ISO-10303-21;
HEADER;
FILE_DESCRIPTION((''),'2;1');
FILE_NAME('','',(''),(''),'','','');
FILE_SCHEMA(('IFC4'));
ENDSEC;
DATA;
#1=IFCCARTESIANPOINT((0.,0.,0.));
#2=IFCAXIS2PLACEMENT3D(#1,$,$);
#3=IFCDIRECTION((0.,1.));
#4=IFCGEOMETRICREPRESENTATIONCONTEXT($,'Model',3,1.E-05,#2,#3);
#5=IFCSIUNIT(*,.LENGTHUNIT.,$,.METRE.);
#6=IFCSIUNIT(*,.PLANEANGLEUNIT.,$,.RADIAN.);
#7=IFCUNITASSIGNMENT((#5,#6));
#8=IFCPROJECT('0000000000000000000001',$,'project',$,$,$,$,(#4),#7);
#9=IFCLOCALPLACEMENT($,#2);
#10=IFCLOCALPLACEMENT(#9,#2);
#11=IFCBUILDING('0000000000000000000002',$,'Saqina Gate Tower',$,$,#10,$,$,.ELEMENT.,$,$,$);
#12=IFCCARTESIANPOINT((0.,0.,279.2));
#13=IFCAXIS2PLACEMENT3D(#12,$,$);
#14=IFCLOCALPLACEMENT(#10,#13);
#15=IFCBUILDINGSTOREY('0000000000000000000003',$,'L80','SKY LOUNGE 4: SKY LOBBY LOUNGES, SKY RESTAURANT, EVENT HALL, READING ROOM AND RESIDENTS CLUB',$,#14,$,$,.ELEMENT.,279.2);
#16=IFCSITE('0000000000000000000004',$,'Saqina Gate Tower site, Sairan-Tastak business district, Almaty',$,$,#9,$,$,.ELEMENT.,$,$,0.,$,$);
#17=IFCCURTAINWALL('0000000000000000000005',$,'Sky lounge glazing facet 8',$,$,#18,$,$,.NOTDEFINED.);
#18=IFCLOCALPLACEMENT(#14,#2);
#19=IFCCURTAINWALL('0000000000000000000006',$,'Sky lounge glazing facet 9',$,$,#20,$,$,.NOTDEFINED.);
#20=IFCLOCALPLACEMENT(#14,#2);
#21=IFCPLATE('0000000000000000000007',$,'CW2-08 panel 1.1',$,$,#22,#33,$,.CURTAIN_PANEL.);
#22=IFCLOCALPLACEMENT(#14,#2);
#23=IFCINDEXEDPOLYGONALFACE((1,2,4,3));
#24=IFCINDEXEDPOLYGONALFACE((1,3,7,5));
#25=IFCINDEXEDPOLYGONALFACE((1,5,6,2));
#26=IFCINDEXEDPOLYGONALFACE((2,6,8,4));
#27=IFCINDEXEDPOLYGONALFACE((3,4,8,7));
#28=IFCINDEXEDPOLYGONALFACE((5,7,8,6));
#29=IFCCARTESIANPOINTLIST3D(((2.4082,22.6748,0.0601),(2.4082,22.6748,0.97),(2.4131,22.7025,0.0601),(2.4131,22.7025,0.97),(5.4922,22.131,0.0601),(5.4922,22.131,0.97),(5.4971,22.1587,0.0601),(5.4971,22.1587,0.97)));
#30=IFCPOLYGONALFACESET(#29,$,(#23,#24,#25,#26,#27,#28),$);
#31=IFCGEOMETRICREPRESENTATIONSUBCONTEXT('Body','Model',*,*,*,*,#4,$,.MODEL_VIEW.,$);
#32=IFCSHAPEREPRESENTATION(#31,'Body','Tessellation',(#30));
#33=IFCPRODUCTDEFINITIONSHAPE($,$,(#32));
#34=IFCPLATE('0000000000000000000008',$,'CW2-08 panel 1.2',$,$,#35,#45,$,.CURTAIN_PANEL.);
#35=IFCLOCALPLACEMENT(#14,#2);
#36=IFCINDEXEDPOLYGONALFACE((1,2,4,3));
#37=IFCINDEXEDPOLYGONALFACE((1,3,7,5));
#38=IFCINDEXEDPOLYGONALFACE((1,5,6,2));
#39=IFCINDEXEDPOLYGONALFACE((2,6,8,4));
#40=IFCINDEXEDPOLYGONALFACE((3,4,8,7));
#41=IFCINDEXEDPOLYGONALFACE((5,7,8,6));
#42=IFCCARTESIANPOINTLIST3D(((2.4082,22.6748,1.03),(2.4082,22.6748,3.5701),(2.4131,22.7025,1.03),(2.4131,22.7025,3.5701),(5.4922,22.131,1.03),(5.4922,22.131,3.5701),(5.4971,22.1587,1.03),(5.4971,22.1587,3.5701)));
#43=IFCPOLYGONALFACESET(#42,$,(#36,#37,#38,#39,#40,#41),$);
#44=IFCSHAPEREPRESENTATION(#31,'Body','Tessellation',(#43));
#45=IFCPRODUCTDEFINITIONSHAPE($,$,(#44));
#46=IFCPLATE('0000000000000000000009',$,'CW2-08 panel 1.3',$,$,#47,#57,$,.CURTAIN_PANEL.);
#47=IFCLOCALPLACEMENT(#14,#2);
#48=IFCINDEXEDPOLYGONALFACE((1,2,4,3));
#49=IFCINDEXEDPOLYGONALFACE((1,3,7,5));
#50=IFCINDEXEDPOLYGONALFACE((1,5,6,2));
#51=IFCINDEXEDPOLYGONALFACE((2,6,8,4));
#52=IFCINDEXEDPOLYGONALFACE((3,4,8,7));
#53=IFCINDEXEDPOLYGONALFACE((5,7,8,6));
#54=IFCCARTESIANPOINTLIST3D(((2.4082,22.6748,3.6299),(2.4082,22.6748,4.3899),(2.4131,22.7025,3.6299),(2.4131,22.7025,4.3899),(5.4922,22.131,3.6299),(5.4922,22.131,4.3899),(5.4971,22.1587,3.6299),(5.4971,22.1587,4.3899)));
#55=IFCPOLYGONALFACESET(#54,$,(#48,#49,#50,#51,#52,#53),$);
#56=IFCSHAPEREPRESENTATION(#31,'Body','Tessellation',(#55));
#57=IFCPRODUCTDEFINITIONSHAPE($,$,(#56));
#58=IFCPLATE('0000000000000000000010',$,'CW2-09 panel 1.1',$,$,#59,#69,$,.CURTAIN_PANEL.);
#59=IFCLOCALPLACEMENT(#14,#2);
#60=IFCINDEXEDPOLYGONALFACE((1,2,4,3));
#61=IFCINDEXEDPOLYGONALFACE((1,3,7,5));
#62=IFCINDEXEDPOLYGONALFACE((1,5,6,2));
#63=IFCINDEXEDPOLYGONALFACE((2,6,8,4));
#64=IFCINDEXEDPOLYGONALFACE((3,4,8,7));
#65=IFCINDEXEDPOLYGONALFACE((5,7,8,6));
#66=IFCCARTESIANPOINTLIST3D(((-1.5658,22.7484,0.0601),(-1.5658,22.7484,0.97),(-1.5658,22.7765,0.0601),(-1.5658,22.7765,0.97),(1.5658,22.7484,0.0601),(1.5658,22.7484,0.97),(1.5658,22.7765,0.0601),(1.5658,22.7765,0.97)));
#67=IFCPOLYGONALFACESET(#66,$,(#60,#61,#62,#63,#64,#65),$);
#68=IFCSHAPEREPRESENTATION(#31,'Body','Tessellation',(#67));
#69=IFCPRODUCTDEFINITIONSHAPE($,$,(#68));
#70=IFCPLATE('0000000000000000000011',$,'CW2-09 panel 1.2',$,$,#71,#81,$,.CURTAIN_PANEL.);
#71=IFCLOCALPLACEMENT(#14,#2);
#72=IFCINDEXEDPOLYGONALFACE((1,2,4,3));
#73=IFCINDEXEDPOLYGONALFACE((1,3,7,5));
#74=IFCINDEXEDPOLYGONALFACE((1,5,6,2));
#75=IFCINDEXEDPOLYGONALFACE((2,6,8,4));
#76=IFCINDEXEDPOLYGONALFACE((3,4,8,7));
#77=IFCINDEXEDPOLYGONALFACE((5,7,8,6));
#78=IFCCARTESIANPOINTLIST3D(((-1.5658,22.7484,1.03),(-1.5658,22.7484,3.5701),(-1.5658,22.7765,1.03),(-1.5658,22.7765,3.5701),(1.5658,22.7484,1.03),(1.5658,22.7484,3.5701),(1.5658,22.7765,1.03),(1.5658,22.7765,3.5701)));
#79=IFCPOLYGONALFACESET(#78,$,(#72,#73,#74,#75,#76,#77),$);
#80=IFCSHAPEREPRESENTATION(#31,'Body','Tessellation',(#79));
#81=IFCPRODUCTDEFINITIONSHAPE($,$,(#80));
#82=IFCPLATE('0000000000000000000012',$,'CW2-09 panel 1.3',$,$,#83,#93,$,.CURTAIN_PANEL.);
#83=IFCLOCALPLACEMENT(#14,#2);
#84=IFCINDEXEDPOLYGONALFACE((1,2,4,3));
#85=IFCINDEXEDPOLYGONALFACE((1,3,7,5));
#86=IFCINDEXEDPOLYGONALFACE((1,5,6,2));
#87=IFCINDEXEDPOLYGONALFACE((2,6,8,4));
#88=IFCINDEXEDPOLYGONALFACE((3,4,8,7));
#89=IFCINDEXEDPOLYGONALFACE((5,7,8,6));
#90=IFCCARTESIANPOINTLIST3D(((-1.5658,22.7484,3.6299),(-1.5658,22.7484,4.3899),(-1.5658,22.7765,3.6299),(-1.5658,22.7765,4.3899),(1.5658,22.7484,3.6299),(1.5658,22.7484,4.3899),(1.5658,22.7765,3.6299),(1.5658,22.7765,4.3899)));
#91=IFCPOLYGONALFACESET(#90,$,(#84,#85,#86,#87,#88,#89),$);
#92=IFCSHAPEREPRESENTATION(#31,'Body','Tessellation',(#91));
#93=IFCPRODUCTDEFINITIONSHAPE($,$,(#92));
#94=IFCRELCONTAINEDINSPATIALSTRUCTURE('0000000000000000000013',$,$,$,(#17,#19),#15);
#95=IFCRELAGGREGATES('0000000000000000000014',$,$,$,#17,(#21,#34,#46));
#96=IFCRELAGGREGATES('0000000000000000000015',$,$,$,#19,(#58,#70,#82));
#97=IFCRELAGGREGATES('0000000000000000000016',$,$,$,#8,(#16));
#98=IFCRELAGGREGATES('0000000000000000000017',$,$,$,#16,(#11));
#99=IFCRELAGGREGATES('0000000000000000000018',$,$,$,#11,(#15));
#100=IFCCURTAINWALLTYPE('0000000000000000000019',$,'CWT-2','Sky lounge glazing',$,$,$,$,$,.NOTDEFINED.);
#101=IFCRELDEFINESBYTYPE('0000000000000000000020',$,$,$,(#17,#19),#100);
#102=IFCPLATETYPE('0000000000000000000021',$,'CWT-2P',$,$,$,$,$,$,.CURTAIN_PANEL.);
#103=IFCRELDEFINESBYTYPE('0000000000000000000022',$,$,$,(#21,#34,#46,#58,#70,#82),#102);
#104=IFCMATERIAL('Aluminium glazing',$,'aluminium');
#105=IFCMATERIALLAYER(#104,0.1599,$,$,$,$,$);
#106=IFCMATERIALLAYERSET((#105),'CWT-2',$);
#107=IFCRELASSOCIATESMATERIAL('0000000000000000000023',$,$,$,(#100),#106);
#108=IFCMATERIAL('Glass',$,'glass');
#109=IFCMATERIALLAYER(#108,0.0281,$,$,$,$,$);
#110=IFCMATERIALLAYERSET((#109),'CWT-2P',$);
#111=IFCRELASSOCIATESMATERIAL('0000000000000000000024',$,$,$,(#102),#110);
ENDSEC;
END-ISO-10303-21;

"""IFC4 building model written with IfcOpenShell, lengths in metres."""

from ifc_helpers import new_model, si_unit, direction, frame, origin, origin_2d, place, context, subcontext, project, spatial, rectangle, extrude, material, layer, layer_set, type_object, element, aggregate, save


model = new_model("IFC4")

# Units and contexts
model_context = context("Model", 3, precision=1e-05, world=origin(), true_north=direction((0.0, 1.0)))
body_context = subcontext(model_context, "Body", "Model", "MODEL_VIEW")
ifc_project = project(units=[si_unit("LENGTHUNIT", "METRE"), si_unit("PLANEANGLEUNIT", "RADIAN")], contexts=[model_context])

# Site, building, storey
site_placement = place(None, origin())
site = spatial("IfcSite", under=ifc_project, at=site_placement, Name="Saqina Gate Tower site, Sairan-Tastak business district, Almaty", CompositionType="ELEMENT", RefElevation=0.0)
building_placement = place(site_placement, origin())
building = spatial("IfcBuilding", under=site, at=building_placement, Name="Saqina Gate Tower", CompositionType="ELEMENT")
storey_placement = place(building_placement, frame((0.0, 0.0, 279.2)))
storey = spatial("IfcBuildingStorey", under=building, at=storey_placement, Name="L80", Description="SKY LOUNGE 4: SKY LOBBY LOUNGES, SKY RESTAURANT, EVENT HALL, READING ROOM AND RESIDENTS CLUB", CompositionType="ELEMENT", Elevation=279.2)

# Shared definitions
ifc_material_1 = material(Name="Aluminium glazing", Category="aluminium")
ifc_layer_1 = layer(ifc_material_1, 0.1599)
ifc_layer_set_1 = layer_set([ifc_layer_1], Name="CWT-2")
curtain_wall_type = type_object("IfcCurtainWallType", Name="CWT-2", Description="Sky lounge glazing", PredefinedType="NOTDEFINED", material=ifc_layer_set_1)

# Curtain wall
curtain_wall_1_placement = place(storey_placement, origin())
curtain_wall_1 = element("IfcCurtainWall", 1, at=curtain_wall_1_placement, inside=storey, type_object=curtain_wall_type, Name="Sky lounge glazing facet 8", PredefinedType="NOTDEFINED")

# Curtain wall
curtain_wall_2_placement = place(storey_placement, origin())
curtain_wall_2 = element("IfcCurtainWall", 2, at=curtain_wall_2_placement, inside=storey, type_object=curtain_wall_type, Name="Sky lounge glazing facet 9", PredefinedType="NOTDEFINED")

# Plates
ifc_material_2 = material(Name="Glass", Category="glass")
ifc_layer_2 = layer(ifc_material_2, 0.0281)
ifc_layer_set_2 = layer_set([ifc_layer_2], Name="CWT-2P")
plate_type = type_object("IfcPlateType", Name="CWT-2P", PredefinedType="CURTAIN_PANEL", material=ifc_layer_set_2)
plate_1_placement = place(storey_placement, frame((3.9526, 22.4167, 0.0601), z_axis=(0.0, 0.0, 1.0), x_axis=(-0.984805, 0.173663, 0.0)))
plate_1 = element("IfcPlate", 3, at=plate_1_placement, type_object=plate_type, Name="CW2-08 panel 1.1", PredefinedType="CURTAIN_PANEL", context=body_context, shape_type="SweptSolid", body=[
    extrude(rectangle(XDim=3.1316, YDim=0.0281, at=origin_2d()), origin(), (0.0, 0.0, 1.0), 0.9099),
])
plate_2_placement = place(storey_placement, frame((3.9526, 22.4167, 1.03), z_axis=(0.0, 0.0, 1.0), x_axis=(-0.984805, 0.173663, 0.0)))
plate_2 = element("IfcPlate", 4, at=plate_2_placement, type_object=plate_type, Name="CW2-08 panel 1.2", PredefinedType="CURTAIN_PANEL", context=body_context, shape_type="SweptSolid", body=[
    extrude(rectangle(XDim=3.1316, YDim=0.0281, at=origin_2d()), origin(), (0.0, 0.0, 1.0), 2.54),
])
plate_3_placement = place(storey_placement, frame((3.9526, 22.4167, 3.6299), z_axis=(0.0, 0.0, 1.0), x_axis=(-0.984805, 0.173663, 0.0)))
plate_3 = element("IfcPlate", 5, at=plate_3_placement, type_object=plate_type, Name="CW2-08 panel 1.3", PredefinedType="CURTAIN_PANEL", context=body_context, shape_type="SweptSolid", body=[
    extrude(rectangle(XDim=3.1316, YDim=0.0281, at=origin_2d()), origin(), (0.0, 0.0, 1.0), 0.76),
])
aggregate(curtain_wall_1, [plate_1, plate_2, plate_3])
plate_4_placement = place(storey_placement, frame((0.0, 22.7625, 0.0601), z_axis=(0.0, 0.0, 1.0), x_axis=(-1.0, 0.0, 0.0)))
plate_4 = element("IfcPlate", 6, at=plate_4_placement, type_object=plate_type, Name="CW2-09 panel 1.1", PredefinedType="CURTAIN_PANEL", context=body_context, shape_type="SweptSolid", body=[
    extrude(rectangle(XDim=3.1316, YDim=0.0281, at=origin_2d()), origin(), (0.0, 0.0, 1.0), 0.9099),
])
plate_5_placement = place(storey_placement, frame((0.0, 22.7625, 1.03), z_axis=(0.0, 0.0, 1.0), x_axis=(-1.0, 0.0, 0.0)))
plate_5 = element("IfcPlate", 7, at=plate_5_placement, type_object=plate_type, Name="CW2-09 panel 1.2", PredefinedType="CURTAIN_PANEL", context=body_context, shape_type="SweptSolid", body=[
    extrude(rectangle(XDim=3.1316, YDim=0.0281, at=origin_2d()), origin(), (0.0, 0.0, 1.0), 2.54),
])
plate_6_placement = place(storey_placement, frame((0.0, 22.7625, 3.6299), z_axis=(0.0, 0.0, 1.0), x_axis=(-1.0, 0.0, 0.0)))
plate_6 = element("IfcPlate", 8, at=plate_6_placement, type_object=plate_type, Name="CW2-09 panel 1.3", PredefinedType="CURTAIN_PANEL", context=body_context, shape_type="SweptSolid", body=[
    extrude(rectangle(XDim=3.1316, YDim=0.0281, at=origin_2d()), origin(), (0.0, 0.0, 1.0), 0.76),
])
aggregate(curtain_wall_2, [plate_4, plate_5, plate_6])

save(model, "model.ifc")
